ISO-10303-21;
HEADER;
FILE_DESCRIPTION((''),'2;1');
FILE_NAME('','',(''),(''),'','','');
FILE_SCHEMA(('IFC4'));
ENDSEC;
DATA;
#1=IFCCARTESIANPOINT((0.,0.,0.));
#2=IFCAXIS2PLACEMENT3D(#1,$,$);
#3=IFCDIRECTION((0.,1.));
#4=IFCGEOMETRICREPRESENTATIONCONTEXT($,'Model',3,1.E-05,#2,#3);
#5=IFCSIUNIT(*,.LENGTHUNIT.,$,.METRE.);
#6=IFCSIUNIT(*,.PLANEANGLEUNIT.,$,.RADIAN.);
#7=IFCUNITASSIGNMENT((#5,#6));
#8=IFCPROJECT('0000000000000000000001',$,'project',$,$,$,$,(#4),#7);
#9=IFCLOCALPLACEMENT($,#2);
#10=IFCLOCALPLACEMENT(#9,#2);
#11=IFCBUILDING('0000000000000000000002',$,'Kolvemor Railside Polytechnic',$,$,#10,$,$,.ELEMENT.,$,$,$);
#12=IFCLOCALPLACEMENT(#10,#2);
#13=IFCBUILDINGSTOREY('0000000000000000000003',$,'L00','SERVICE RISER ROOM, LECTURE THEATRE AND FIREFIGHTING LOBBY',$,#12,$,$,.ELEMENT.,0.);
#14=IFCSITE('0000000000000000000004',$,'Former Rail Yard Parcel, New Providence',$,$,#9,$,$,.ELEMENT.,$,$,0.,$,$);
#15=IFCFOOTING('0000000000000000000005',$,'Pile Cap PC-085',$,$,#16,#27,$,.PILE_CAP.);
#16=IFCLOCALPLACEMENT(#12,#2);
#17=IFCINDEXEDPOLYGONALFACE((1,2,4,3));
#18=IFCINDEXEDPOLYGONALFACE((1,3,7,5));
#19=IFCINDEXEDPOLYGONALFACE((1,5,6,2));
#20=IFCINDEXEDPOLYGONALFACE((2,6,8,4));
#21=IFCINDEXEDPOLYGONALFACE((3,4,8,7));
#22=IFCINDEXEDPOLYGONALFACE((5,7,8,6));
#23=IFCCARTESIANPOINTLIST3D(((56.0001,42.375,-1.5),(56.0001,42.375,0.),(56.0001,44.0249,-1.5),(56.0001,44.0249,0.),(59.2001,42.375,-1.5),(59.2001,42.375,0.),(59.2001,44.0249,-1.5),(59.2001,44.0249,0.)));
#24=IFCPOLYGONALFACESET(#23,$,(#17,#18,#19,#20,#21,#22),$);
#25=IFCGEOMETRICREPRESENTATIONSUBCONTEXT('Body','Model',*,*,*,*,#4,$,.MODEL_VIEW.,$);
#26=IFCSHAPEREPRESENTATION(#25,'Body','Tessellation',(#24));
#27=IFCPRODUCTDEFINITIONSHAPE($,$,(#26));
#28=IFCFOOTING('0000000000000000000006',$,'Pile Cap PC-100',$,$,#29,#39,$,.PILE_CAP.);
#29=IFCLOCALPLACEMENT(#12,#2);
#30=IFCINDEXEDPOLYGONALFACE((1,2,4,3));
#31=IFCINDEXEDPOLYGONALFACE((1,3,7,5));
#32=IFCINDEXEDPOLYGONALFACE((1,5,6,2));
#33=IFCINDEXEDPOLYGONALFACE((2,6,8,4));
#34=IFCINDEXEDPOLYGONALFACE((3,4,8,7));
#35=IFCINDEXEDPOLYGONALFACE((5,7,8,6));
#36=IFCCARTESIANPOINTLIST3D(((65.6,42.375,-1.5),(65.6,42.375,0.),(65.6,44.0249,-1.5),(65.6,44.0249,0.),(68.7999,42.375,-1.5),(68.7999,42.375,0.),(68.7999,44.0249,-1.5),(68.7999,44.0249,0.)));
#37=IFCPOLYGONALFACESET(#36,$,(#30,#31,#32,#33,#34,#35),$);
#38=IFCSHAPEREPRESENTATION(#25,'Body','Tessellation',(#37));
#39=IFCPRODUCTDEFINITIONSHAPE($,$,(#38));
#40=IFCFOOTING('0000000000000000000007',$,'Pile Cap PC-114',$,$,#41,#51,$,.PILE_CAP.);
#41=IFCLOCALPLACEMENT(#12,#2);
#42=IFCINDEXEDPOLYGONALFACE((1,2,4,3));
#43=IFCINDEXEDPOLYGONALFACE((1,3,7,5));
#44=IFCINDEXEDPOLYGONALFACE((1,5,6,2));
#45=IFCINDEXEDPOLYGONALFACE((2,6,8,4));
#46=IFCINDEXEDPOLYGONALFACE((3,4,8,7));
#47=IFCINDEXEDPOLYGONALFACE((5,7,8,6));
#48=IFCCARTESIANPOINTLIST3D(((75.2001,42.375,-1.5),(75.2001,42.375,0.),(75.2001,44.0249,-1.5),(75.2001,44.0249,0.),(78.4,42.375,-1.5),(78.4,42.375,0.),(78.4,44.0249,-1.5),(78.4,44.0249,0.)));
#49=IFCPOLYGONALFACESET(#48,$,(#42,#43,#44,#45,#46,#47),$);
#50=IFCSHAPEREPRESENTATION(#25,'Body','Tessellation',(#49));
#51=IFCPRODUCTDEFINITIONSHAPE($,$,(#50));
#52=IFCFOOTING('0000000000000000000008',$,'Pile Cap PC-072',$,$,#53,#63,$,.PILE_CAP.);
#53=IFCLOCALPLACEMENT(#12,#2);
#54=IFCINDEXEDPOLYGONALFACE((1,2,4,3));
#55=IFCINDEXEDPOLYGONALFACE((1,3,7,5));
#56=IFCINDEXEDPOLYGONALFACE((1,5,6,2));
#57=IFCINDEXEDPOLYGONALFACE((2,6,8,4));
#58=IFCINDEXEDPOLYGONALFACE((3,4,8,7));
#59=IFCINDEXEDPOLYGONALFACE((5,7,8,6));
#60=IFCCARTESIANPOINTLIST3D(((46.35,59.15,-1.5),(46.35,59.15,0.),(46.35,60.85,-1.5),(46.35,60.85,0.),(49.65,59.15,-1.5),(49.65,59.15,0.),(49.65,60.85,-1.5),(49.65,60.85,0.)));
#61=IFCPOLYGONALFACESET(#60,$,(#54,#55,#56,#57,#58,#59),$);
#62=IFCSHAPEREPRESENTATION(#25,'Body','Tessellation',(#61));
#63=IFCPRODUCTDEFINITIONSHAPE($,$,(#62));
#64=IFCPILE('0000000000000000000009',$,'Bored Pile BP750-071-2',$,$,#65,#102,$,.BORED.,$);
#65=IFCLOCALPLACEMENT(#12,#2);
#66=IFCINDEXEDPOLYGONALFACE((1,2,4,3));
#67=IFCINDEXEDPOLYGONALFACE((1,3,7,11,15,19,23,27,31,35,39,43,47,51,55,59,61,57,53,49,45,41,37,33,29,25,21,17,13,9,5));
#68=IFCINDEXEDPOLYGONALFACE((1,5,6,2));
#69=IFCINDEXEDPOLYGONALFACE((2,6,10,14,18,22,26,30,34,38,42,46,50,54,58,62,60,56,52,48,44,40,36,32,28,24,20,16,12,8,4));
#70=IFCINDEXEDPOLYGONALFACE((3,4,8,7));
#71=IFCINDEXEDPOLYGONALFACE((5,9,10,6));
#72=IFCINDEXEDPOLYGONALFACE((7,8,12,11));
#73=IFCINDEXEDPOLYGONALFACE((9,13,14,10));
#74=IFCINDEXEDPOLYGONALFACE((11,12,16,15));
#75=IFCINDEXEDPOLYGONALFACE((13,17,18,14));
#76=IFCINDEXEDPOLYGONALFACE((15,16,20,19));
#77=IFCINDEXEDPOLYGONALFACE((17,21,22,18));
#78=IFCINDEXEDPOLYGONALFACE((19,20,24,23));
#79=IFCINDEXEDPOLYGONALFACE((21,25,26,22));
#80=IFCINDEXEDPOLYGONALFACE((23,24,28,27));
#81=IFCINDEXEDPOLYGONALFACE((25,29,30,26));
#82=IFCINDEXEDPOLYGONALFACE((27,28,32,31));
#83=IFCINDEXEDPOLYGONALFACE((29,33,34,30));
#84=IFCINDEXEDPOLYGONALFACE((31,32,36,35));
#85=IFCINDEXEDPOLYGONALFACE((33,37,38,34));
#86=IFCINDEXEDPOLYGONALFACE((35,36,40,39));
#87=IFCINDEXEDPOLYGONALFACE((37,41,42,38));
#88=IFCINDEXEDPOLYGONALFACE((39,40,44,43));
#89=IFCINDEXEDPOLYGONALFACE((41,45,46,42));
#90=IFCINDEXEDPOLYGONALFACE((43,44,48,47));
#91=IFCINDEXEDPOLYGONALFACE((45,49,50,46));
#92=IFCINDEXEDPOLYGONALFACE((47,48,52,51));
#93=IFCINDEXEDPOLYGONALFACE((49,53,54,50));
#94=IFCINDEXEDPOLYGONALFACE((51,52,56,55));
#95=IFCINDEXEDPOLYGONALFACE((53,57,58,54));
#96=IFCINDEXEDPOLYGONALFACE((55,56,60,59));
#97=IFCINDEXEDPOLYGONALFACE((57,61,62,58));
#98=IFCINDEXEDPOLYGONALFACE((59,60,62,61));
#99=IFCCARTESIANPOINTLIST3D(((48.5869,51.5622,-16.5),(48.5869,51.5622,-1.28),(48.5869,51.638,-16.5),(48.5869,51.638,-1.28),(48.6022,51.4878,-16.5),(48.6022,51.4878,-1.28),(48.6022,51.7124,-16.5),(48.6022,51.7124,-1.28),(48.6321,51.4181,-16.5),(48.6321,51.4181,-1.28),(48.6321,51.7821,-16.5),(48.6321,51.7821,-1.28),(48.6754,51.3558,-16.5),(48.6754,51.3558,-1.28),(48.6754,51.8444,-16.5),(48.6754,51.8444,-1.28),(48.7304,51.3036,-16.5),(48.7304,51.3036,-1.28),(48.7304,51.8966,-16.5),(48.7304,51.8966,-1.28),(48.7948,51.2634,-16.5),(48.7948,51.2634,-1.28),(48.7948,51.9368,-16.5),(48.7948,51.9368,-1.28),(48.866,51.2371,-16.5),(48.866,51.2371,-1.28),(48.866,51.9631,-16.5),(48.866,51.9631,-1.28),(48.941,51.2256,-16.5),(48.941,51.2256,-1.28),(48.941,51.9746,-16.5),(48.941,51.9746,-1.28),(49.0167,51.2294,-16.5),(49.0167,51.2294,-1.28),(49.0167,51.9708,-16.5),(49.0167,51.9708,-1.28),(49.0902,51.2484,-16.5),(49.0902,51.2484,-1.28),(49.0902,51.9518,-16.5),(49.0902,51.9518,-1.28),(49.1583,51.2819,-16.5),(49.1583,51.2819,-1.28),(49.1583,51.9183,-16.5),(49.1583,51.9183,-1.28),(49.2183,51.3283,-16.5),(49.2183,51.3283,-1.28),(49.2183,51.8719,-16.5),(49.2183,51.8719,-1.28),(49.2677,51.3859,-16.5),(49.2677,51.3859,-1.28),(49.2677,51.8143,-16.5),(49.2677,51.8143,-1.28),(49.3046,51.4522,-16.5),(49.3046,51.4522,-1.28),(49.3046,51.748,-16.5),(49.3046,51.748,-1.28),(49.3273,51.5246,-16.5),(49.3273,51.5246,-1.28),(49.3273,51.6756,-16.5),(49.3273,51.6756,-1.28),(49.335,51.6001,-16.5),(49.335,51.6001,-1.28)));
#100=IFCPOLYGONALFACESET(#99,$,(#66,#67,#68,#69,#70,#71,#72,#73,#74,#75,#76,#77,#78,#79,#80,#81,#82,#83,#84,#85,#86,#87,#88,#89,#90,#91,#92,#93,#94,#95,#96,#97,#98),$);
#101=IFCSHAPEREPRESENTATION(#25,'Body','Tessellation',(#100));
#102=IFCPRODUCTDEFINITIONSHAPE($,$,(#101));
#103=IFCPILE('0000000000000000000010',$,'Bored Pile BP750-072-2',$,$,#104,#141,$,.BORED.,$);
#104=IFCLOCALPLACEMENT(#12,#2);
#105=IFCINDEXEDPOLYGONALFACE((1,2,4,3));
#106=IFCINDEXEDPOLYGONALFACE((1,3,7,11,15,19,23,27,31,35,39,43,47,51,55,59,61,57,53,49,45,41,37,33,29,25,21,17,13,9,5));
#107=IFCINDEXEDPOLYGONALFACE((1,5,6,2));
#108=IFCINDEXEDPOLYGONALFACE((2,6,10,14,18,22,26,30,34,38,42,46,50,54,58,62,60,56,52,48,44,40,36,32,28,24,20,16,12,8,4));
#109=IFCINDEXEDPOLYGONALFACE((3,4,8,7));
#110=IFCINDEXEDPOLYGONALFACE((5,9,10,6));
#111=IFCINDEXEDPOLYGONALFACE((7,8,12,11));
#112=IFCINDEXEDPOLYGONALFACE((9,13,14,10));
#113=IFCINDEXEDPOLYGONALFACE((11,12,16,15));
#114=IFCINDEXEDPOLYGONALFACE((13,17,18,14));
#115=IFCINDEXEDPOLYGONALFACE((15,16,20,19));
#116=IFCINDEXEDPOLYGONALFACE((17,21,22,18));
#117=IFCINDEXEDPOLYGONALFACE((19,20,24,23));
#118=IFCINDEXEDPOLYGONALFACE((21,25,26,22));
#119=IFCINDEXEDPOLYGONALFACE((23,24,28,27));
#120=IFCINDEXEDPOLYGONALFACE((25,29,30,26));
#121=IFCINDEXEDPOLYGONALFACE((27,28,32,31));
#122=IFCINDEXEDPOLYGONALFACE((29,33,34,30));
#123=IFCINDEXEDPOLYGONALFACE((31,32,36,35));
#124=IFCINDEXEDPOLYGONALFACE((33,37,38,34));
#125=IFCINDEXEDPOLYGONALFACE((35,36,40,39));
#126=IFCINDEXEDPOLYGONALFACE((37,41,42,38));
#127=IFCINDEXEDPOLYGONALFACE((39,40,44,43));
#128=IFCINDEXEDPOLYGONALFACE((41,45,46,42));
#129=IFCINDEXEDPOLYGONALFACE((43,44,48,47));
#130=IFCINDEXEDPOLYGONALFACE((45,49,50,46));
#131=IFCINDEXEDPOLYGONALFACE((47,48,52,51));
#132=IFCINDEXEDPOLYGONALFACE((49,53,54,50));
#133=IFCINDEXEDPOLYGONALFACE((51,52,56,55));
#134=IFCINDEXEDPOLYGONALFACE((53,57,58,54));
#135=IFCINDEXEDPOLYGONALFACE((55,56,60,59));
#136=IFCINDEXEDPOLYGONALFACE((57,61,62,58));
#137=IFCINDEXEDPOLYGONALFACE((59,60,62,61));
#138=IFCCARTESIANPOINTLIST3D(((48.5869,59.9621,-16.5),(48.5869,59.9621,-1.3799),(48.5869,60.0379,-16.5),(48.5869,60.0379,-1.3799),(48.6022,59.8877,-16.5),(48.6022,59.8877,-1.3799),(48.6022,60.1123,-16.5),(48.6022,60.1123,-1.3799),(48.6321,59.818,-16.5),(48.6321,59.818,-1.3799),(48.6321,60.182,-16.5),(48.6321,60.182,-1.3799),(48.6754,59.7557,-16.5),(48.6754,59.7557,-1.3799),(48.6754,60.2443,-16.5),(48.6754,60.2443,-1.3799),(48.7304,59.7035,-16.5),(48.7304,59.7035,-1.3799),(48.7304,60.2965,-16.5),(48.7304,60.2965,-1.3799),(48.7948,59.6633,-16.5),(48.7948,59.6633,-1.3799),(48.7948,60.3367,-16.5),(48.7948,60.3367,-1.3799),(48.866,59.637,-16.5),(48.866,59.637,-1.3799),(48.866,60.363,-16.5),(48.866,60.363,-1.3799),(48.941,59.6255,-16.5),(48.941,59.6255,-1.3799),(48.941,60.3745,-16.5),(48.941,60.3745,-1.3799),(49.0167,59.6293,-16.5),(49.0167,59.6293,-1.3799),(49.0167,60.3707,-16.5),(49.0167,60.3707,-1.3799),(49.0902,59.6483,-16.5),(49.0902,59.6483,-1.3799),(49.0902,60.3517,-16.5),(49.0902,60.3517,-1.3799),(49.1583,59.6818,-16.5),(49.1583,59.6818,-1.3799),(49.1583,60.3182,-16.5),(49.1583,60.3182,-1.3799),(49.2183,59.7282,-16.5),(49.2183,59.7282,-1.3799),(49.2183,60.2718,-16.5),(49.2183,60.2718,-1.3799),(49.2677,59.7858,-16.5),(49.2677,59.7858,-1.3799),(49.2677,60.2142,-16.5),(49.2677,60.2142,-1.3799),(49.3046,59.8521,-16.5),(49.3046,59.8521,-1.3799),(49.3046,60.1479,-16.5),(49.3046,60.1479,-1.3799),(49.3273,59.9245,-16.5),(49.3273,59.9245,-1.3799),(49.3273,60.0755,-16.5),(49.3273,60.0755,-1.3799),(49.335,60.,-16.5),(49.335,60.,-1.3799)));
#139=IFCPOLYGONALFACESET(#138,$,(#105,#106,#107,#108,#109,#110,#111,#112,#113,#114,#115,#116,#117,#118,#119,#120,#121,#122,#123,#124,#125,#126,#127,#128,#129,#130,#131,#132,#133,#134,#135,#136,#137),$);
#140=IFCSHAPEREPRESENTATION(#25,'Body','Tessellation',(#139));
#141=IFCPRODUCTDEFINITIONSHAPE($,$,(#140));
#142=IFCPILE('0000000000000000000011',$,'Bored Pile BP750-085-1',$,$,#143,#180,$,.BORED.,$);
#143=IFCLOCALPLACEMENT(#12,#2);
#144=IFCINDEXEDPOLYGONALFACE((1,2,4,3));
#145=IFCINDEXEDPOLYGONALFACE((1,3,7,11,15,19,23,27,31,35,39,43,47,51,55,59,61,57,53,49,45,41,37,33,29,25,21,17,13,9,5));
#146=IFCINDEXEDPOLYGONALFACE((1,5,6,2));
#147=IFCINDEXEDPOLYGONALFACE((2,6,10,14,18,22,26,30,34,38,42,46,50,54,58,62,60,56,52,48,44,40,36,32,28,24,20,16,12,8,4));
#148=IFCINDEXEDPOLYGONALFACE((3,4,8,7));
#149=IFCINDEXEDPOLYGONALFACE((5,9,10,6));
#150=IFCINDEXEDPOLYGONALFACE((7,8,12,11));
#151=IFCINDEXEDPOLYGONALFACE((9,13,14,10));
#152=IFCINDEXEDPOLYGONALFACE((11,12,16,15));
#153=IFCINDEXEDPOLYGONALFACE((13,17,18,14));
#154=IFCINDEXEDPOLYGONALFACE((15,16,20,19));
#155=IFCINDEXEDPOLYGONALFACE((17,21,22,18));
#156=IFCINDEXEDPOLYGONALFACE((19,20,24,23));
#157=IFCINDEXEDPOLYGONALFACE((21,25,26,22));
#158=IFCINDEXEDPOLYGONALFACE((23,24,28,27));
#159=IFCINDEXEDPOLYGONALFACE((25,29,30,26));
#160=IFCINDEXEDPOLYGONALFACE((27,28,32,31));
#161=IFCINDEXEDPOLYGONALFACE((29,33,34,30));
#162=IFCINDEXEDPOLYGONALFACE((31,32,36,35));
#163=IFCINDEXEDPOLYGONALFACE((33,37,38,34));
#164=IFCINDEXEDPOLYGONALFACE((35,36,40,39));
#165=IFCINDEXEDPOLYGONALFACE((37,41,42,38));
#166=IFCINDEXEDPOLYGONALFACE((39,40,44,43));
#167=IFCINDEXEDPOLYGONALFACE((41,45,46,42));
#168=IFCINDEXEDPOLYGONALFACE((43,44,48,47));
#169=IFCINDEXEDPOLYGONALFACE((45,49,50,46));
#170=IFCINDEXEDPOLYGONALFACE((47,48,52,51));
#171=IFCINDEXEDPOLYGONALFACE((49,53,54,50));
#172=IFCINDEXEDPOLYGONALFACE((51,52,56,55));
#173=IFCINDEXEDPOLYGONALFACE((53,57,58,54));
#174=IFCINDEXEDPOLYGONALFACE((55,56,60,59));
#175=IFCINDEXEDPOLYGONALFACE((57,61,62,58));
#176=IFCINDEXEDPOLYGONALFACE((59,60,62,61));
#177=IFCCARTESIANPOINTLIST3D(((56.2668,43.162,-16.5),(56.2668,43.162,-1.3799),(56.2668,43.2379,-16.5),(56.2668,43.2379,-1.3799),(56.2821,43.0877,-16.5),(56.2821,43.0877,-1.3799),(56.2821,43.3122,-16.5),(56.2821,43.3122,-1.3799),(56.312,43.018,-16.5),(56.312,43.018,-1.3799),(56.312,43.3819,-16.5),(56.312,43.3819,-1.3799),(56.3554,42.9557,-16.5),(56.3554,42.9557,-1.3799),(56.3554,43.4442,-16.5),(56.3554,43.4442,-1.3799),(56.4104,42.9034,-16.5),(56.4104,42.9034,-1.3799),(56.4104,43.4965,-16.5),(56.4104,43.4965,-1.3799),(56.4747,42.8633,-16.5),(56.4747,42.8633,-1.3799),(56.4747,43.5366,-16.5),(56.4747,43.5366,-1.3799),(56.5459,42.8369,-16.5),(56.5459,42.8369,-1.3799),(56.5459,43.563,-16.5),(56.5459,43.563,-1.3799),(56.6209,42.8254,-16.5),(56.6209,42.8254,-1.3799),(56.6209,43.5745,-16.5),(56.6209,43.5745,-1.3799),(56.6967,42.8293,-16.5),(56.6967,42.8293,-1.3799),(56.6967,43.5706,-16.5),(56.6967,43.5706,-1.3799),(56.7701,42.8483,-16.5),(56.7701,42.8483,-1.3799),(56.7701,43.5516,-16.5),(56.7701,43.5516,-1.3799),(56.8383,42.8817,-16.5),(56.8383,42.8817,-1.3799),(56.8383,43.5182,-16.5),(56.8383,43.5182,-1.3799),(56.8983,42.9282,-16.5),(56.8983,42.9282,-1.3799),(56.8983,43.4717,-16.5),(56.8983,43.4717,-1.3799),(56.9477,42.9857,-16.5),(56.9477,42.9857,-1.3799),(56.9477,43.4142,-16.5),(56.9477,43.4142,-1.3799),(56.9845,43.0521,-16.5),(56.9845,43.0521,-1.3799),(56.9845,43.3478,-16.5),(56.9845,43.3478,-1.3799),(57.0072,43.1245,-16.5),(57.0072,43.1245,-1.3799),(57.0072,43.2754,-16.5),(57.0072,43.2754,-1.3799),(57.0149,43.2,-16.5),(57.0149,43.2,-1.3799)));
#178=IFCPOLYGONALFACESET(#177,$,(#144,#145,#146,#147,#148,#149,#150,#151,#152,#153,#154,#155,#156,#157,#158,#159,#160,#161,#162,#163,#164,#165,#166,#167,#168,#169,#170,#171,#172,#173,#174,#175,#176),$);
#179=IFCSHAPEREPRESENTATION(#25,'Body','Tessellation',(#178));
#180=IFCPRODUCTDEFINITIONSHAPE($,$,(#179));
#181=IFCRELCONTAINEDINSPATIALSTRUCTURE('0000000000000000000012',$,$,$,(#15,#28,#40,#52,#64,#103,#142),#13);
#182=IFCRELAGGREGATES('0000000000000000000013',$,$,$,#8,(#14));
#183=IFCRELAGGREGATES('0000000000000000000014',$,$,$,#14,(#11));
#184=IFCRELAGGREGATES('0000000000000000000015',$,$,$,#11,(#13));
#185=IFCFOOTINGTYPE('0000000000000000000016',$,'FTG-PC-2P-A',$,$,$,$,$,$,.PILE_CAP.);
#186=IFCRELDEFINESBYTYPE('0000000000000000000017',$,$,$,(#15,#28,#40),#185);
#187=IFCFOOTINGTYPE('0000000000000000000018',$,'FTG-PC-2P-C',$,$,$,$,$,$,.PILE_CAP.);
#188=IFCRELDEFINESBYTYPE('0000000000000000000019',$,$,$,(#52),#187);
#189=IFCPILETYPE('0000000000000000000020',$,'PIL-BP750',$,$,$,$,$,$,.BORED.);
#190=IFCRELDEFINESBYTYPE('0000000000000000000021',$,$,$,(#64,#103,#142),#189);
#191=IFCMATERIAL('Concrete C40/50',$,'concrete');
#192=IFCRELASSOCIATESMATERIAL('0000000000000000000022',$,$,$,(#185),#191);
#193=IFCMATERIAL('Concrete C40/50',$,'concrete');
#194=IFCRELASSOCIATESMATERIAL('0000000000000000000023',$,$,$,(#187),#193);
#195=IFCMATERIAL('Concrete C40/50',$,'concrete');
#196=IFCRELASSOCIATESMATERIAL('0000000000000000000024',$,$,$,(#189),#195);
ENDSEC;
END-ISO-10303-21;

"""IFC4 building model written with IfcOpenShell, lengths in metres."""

from ifc_helpers import new_model, si_unit, direction, frame, origin, origin_2d, place, context, subcontext, project, spatial, rectangle, circle, extrude, material, material_profile, profile_set, type_object, element, save


model = new_model("IFC4")

# Units and contexts
model_context = context("Model", 3, precision=1e-05, world=origin(), true_north=direction((0.0, 1.0)))
body_context = subcontext(model_context, "Body", "Model", "MODEL_VIEW")
ifc_project = project(units=[si_unit("LENGTHUNIT", "METRE"), si_unit("PLANEANGLEUNIT", "RADIAN")], contexts=[model_context])

# Site, building, storey
site_placement = place(None, origin())
site = spatial("IfcSite", under=ifc_project, at=site_placement, Name="Former Rail Yard Parcel, New Providence", CompositionType="ELEMENT", RefElevation=0.0)
building_placement = place(site_placement, origin())
building = spatial("IfcBuilding", under=site, at=building_placement, Name="Kolvemor Railside Polytechnic", CompositionType="ELEMENT")
storey_placement = place(building_placement, origin())
storey = spatial("IfcBuildingStorey", under=building, at=storey_placement, Name="L00", Description="SERVICE RISER ROOM, LECTURE THEATRE AND FIREFIGHTING LOBBY", CompositionType="ELEMENT", Elevation=0.0)

# Footings
ifc_material_1 = material(Name="Concrete C40/50", Category="concrete")
footing_type_1 = type_object("IfcFootingType", Name="FTG-PC-2P-A", PredefinedType="PILE_CAP", material=ifc_material_1)
for number, where, z_axis, x_axis, name in (
    (1, (57.6001, 43.2, -1.5), (0.0, 0.0, 1.0), (1.0, 0.0, 0.0), "Pile Cap PC-085"),
    (2, (67.2, 43.2, -1.5), (0.0, 0.0, 1.0), (1.0, 0.0, 0.0), "Pile Cap PC-100"),
    (3, (76.8, 43.2, -1.5), (0.0, 0.0, 1.0), (1.0, 0.0, 0.0), "Pile Cap PC-114"),
):
    element("IfcFooting", number, at=place(storey_placement, frame(where, z_axis=z_axis, x_axis=x_axis)), inside=storey, type_object=footing_type_1, Name=name, PredefinedType="PILE_CAP", context=body_context, shape_type="SweptSolid", body=[
        extrude(rectangle(XDim=3.2, YDim=1.6499, at=origin_2d()), origin(), (0.0, 0.0, 1.0), 1.5),
    ])
ifc_material_2 = material(Name="Concrete C40/50", Category="concrete")
footing_type_2 = type_object("IfcFootingType", Name="FTG-PC-2P-C", PredefinedType="PILE_CAP", material=ifc_material_2)
footing_placement = place(storey_placement, frame((48.0, 60.0, -1.5), z_axis=(0.0, 0.0, 1.0), x_axis=(1.0, 0.0, 0.0)))
element("IfcFooting", 4, at=footing_placement, inside=storey, type_object=footing_type_2, Name="Pile Cap PC-072", PredefinedType="PILE_CAP", context=body_context, shape_type="SweptSolid", body=[
    extrude(rectangle(XDim=3.3, YDim=1.7, at=origin_2d()), origin(), (0.0, 0.0, 1.0), 1.5),
])

# Piles
ifc_material_3 = material(Name="Concrete C40/50", Category="concrete")
ifc_material_profile_1 = material_profile(ifc_material_3, circle(Radius=0.375, at=origin_2d()), Name="BP750")
ifc_profile_set_1 = profile_set([ifc_material_profile_1], Name="Concrete C40/50")
pile_type = type_object("IfcPileType", Name="PIL-BP750", PredefinedType="BORED", material=ifc_profile_set_1)
pile_placement = place(storey_placement, frame((48.96, 51.6001, -1.28), z_axis=(0.0, 0.0, -1.0), x_axis=(1.0, 0.0, 0.0)))
element("IfcPile", 5, at=pile_placement, inside=storey, type_object=pile_type, Name="Bored Pile BP750-071-2", PredefinedType="BORED", context=body_context, shape_type="SweptSolid", body=[
    extrude(circle(Radius=0.375, at=origin_2d()), origin(), (0.0, 0.0, 1.0), 15.22),
])
for number, where, z_axis, x_axis, name in (
    (6, (48.96, 60.0, -1.3799), (0.0, 0.0, -1.0), (1.0, 0.0, 0.0), "Bored Pile BP750-072-2"),
    (7, (56.6399, 43.2, -1.3799), (0.0, 0.0, -1.0), (1.0, 0.0, 0.0), "Bored Pile BP750-085-1"),
):
    element("IfcPile", number, at=place(storey_placement, frame(where, z_axis=z_axis, x_axis=x_axis)), inside=storey, type_object=pile_type, Name=name, PredefinedType="BORED", context=body_context, shape_type="SweptSolid", body=[
        extrude(circle(Radius=0.375, at=origin_2d()), origin(), (0.0, 0.0, 1.0), 15.1201),
    ])

save(model, "model.ifc")
